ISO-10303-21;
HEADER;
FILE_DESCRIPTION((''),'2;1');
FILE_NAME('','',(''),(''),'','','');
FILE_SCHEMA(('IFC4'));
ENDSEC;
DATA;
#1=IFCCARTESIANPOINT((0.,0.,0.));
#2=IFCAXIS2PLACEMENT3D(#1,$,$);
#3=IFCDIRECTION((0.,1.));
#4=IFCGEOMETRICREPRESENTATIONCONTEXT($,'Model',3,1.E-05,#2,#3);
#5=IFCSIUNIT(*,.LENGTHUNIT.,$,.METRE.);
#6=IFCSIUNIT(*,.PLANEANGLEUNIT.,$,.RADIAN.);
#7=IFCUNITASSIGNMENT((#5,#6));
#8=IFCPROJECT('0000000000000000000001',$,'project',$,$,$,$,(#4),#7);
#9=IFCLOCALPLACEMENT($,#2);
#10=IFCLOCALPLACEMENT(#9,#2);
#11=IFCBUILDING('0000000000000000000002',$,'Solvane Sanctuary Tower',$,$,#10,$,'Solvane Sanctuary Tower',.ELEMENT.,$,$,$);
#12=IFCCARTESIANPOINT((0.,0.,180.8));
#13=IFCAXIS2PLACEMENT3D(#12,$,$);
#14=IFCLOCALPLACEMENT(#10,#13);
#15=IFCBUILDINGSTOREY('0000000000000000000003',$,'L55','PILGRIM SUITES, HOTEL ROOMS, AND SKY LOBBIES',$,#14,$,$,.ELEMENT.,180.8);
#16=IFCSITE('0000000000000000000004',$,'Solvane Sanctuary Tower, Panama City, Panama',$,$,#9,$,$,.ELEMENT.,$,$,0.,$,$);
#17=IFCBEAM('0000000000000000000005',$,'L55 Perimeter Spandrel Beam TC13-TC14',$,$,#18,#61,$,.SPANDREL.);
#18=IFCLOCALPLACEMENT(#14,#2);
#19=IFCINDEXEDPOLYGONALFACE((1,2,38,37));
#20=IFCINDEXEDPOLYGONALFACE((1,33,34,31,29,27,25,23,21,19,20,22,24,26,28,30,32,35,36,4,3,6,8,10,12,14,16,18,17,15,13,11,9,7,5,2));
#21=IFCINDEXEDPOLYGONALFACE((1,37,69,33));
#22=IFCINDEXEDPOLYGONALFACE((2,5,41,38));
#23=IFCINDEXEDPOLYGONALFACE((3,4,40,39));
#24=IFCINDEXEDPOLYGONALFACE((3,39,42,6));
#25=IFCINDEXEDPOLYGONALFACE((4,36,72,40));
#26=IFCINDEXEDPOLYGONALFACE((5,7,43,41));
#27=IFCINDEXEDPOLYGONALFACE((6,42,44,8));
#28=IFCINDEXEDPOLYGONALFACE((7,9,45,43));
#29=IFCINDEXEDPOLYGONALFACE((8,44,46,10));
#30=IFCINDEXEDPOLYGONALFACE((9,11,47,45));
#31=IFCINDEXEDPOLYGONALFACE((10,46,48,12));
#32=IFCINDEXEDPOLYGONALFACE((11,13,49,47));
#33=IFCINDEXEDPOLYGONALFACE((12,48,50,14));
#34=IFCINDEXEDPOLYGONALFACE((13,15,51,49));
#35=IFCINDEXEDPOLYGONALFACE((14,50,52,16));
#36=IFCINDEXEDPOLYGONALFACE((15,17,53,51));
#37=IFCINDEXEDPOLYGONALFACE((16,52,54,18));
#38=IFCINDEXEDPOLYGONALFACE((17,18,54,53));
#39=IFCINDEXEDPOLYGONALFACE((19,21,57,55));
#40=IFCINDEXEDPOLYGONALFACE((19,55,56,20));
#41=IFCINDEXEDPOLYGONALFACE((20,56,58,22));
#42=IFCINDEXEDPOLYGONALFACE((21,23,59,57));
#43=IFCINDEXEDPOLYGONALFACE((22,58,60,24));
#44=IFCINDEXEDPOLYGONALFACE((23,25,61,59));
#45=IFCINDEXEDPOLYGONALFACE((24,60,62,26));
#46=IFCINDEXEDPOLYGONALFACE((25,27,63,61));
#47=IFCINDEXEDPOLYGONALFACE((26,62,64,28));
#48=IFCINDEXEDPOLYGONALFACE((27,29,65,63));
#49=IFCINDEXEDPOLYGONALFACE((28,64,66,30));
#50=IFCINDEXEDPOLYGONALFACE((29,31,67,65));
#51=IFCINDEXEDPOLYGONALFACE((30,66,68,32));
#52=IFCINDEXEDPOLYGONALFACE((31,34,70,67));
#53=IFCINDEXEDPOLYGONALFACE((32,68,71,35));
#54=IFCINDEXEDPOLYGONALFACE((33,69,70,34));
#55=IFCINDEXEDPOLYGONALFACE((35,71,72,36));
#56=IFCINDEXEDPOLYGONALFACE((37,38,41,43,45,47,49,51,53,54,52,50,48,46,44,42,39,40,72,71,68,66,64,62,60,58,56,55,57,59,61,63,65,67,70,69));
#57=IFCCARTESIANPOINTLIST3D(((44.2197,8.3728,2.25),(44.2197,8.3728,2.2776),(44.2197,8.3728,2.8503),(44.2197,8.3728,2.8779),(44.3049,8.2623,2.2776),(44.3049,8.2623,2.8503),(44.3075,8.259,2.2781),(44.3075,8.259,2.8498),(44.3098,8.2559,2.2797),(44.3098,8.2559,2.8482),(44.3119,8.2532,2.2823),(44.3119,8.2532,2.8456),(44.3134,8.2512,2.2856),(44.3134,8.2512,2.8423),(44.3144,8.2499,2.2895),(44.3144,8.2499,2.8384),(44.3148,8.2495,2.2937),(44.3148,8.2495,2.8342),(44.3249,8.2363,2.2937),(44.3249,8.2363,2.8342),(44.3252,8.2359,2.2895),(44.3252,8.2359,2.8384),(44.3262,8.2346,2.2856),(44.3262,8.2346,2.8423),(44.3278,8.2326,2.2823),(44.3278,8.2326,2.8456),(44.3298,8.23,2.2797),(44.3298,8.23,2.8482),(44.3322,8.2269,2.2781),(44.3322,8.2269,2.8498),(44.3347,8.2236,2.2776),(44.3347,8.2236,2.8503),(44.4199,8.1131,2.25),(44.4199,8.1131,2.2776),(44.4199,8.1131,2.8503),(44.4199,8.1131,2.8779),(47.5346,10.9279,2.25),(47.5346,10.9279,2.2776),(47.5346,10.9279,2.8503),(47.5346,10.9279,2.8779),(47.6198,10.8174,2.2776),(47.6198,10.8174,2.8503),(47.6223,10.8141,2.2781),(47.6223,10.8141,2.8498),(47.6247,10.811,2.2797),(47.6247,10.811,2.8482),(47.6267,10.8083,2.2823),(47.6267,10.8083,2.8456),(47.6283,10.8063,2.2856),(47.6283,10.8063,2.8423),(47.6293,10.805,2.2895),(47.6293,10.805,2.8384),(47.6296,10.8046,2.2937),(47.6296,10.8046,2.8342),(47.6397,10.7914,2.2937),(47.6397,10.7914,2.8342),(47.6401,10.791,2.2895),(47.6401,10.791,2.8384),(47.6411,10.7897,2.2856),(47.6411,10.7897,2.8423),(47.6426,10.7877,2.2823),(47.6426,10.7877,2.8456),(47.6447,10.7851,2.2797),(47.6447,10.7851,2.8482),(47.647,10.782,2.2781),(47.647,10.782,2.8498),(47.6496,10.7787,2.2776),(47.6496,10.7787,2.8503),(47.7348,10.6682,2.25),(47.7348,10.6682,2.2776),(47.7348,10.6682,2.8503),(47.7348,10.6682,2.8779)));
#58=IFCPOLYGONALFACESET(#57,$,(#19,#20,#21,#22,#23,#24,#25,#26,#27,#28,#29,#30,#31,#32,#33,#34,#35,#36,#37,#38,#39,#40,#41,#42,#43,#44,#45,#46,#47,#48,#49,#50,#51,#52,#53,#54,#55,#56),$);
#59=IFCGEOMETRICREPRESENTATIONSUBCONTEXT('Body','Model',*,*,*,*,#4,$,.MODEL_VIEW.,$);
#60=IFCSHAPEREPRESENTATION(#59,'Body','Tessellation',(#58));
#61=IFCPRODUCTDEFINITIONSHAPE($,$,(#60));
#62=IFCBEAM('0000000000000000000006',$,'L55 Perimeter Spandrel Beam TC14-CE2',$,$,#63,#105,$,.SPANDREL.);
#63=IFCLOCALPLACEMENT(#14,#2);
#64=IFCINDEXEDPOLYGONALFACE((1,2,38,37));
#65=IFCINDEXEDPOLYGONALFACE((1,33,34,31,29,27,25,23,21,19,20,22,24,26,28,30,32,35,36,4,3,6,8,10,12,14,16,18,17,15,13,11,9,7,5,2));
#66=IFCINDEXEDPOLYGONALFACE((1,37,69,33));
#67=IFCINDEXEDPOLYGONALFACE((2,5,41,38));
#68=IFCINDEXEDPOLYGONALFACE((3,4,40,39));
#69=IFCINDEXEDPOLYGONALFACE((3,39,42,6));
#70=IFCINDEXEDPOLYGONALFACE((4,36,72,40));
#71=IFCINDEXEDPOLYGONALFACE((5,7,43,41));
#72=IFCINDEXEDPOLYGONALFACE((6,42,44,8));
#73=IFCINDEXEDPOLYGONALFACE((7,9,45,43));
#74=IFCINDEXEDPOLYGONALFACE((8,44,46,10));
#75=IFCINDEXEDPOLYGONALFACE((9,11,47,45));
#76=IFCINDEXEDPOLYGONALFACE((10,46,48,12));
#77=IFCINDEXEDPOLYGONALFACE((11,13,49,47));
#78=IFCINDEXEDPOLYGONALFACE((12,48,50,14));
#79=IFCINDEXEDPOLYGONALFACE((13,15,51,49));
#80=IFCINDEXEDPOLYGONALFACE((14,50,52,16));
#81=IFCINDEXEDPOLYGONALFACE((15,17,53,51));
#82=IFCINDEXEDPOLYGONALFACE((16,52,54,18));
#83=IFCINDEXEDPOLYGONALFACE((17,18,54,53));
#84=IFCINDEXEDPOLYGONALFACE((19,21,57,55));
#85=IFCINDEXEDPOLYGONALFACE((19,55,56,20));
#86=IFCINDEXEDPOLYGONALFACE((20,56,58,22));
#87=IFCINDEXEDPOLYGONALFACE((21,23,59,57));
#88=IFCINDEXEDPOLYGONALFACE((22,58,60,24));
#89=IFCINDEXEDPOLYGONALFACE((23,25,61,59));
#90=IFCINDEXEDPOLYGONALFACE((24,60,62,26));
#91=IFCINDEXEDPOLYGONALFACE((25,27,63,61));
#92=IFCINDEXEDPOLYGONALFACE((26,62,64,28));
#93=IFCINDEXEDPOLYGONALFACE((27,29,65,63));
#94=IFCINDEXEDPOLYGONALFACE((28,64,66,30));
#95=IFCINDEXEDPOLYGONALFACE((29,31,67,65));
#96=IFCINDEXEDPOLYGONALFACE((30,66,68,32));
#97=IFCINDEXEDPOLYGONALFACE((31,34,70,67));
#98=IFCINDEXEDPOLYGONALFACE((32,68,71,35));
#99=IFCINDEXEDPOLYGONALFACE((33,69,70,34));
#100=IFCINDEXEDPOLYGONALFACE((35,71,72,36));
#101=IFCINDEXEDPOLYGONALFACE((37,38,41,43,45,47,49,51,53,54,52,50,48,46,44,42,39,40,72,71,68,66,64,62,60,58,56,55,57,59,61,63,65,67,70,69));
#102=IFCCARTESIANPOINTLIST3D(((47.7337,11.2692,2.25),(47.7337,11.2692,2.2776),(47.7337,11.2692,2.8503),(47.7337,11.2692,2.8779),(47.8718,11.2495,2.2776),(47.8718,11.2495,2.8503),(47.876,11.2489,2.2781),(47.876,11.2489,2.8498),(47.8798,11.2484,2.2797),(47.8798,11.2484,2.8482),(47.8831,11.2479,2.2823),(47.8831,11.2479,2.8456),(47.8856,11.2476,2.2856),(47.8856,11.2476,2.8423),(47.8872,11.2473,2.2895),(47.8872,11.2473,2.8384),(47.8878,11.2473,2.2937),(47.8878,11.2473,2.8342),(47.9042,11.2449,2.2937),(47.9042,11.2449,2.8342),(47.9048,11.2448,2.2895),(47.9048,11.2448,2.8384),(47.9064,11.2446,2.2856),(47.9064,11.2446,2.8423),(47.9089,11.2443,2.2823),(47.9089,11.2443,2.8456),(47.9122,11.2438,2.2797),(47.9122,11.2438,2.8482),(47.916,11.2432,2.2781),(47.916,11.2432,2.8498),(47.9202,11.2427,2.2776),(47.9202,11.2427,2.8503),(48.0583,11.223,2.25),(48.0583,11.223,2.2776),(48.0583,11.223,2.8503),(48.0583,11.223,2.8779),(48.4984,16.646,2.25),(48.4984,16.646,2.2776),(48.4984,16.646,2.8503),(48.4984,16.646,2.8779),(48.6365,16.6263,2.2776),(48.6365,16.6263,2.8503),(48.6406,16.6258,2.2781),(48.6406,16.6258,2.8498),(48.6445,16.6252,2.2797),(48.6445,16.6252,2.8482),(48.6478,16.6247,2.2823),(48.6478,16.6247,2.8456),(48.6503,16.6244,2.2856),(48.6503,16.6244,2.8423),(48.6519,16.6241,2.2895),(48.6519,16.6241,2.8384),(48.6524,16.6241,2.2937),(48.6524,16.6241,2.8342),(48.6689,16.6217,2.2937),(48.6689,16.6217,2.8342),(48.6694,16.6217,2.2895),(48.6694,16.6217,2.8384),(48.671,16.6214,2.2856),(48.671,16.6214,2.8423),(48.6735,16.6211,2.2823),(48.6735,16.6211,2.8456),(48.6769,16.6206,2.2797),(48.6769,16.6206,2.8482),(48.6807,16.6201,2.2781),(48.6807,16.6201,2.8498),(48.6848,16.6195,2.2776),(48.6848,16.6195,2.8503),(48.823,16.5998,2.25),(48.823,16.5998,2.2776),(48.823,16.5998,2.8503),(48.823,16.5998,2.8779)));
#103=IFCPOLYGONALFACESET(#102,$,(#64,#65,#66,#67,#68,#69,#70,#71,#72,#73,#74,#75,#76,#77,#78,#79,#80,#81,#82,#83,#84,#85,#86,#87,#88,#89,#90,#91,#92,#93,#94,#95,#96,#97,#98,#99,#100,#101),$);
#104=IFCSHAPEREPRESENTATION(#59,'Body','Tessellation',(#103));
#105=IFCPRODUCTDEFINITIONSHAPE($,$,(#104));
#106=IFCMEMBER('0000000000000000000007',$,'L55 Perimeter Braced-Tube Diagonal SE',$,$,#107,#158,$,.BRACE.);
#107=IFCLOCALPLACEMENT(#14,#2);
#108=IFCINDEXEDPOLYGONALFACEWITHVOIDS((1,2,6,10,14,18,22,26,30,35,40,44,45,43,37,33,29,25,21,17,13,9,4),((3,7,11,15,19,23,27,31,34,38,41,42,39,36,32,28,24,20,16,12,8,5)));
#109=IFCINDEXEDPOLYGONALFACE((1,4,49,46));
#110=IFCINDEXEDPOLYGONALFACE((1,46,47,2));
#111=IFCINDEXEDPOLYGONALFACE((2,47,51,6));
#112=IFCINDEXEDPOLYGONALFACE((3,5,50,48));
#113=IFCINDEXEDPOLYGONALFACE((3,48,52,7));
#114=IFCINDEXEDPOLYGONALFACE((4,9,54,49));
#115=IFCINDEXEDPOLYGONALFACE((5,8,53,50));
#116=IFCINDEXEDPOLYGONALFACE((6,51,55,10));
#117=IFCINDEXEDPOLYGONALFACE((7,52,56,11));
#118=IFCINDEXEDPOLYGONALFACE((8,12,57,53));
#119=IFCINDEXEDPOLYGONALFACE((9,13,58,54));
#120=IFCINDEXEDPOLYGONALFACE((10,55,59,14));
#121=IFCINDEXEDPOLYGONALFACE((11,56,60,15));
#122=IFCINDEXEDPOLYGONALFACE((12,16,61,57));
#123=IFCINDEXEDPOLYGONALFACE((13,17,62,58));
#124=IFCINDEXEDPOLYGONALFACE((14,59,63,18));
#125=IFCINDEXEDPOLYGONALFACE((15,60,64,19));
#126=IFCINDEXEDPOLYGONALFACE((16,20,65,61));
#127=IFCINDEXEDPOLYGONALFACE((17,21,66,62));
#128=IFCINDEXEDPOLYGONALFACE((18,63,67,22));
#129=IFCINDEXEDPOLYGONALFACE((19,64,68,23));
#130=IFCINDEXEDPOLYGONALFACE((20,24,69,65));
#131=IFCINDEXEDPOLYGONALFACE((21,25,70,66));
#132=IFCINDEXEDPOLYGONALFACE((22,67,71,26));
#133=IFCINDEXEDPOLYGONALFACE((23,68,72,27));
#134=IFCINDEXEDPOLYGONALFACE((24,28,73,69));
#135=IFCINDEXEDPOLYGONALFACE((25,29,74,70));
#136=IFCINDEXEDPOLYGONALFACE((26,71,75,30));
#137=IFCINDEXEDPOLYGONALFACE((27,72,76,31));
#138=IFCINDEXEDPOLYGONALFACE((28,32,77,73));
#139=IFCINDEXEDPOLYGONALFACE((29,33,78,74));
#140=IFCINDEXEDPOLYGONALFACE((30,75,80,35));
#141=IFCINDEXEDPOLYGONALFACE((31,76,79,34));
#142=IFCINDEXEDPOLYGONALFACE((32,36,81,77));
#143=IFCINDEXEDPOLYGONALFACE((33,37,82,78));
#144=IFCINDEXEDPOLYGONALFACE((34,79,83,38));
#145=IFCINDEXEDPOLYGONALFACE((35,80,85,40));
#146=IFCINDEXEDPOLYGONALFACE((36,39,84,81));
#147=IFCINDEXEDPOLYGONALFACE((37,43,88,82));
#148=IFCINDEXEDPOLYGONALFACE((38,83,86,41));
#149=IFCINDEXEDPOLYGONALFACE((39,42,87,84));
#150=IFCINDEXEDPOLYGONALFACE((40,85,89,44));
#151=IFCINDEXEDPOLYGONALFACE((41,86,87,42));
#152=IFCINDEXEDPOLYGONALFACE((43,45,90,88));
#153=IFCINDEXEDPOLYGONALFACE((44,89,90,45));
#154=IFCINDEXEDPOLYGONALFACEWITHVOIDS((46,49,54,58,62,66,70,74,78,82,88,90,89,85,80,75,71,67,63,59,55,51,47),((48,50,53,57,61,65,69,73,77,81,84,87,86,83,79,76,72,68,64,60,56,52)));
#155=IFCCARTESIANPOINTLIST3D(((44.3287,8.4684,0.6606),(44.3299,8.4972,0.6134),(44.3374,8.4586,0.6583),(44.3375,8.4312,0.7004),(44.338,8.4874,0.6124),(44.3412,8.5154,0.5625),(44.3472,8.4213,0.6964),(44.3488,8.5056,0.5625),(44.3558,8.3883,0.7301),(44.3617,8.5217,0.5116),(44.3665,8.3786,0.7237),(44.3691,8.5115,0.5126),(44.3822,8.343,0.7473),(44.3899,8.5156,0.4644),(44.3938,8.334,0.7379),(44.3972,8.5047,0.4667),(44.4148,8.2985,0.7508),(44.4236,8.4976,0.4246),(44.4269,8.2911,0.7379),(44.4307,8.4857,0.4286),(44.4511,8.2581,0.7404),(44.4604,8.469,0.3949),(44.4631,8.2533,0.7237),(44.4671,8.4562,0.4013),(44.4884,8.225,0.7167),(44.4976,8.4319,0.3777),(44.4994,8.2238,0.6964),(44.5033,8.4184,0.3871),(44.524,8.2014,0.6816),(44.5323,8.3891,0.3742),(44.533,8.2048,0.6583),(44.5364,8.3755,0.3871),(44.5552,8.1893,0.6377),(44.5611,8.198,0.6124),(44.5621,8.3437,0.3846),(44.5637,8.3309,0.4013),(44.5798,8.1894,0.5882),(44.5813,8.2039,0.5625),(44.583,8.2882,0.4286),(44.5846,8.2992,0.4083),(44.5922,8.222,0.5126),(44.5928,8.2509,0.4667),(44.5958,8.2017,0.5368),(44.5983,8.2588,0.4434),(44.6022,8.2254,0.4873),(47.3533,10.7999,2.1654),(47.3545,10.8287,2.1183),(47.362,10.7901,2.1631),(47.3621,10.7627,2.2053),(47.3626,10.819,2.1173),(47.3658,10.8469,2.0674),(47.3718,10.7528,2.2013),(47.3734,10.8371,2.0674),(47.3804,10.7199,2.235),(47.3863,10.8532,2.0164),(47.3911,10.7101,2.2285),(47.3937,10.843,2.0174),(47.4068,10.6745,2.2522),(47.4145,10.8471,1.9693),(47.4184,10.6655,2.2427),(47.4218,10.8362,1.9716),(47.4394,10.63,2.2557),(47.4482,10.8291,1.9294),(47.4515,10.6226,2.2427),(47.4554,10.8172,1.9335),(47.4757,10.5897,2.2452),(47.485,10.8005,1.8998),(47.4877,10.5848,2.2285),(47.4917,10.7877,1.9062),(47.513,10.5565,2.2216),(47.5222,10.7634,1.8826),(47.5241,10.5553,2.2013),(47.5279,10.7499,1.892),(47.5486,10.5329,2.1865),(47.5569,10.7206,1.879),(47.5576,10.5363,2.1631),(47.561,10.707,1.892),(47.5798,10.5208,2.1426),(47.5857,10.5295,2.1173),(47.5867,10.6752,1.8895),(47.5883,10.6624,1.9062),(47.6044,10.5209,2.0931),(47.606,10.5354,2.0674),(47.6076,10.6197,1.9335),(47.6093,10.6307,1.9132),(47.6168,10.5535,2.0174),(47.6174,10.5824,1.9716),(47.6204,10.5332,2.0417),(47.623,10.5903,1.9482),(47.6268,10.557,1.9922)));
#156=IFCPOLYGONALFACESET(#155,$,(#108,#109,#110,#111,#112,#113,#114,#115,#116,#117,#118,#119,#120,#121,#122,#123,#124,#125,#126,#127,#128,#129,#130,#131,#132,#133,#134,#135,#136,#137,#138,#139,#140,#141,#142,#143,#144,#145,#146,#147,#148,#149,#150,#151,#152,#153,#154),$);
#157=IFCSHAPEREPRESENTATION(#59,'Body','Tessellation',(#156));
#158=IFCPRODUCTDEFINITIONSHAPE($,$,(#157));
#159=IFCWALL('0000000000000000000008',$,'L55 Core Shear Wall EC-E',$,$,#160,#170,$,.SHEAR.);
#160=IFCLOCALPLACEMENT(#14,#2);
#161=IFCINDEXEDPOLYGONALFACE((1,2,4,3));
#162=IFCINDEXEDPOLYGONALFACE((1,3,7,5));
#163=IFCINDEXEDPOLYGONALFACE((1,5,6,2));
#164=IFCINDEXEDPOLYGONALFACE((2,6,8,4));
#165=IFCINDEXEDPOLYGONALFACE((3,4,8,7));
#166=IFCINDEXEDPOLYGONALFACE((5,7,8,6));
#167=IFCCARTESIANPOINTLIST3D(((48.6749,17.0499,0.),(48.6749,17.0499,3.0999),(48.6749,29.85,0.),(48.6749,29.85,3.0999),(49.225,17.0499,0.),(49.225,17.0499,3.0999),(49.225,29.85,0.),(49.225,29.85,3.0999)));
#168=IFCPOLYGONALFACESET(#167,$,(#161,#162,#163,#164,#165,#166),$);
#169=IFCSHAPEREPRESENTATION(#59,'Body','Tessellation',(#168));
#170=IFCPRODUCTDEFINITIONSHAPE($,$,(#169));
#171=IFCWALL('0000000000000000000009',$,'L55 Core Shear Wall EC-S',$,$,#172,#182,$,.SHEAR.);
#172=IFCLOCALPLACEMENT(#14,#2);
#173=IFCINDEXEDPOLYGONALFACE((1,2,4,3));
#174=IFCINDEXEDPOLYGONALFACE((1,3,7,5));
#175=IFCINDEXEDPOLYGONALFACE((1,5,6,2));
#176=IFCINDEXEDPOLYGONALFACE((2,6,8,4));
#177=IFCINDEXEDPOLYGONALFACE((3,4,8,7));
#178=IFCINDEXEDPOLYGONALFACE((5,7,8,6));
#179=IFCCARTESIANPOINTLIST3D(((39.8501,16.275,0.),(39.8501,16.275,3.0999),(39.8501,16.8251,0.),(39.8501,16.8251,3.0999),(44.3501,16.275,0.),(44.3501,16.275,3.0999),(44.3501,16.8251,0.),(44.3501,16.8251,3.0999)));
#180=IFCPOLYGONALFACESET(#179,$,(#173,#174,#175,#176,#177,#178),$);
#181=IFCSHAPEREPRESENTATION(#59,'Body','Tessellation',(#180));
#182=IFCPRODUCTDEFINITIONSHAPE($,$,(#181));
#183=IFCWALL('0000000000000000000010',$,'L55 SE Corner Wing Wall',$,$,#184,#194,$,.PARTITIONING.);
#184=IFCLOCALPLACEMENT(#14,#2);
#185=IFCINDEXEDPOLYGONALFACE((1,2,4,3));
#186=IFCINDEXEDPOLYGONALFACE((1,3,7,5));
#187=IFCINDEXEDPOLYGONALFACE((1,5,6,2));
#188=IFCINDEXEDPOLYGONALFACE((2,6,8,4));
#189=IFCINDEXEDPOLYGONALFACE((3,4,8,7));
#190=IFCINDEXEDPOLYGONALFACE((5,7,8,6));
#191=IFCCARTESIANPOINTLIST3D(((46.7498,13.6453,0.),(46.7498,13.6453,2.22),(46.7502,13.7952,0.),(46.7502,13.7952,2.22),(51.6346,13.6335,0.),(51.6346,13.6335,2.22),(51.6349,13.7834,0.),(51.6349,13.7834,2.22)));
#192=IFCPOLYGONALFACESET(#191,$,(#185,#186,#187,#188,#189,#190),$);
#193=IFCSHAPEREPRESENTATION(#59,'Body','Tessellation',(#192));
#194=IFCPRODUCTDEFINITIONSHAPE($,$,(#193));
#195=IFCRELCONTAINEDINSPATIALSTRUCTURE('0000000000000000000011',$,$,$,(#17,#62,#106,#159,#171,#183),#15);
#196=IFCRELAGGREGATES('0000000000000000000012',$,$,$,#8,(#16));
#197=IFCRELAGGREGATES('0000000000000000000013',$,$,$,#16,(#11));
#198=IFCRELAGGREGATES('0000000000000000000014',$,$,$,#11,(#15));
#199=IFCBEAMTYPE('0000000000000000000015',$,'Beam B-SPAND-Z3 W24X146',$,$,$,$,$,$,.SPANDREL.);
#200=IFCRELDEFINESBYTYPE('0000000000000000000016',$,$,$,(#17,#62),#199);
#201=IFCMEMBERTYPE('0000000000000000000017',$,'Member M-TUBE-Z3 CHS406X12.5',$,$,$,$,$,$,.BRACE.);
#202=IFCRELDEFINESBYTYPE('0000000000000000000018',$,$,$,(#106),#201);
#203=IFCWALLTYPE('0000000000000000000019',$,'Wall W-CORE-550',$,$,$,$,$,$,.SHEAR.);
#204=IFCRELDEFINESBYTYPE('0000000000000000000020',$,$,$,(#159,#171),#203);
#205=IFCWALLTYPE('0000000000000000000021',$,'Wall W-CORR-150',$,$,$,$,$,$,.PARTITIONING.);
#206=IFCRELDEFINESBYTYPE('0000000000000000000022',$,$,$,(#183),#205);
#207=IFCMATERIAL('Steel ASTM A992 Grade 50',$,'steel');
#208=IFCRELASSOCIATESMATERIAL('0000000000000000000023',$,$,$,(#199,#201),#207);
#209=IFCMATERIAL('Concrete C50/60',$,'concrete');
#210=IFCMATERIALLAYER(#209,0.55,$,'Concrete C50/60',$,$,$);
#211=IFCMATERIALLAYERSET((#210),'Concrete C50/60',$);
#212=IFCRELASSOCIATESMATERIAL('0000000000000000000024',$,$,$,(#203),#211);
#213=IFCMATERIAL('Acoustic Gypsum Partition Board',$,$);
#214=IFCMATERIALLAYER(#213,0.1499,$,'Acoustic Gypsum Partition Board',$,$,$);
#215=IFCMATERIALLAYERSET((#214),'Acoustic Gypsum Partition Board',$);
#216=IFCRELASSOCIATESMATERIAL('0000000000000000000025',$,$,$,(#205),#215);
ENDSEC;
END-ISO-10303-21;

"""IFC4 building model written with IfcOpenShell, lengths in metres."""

from ifc_helpers import new_model, si_unit, direction, frame, frame_2d, origin, origin_2d, place, context, subcontext, project, spatial, rectangle, hollow_circle, i_section, extrude, material, layer, layer_set, material_profile, profile_set, type_object, element, save


model = new_model("IFC4")

# Units and contexts
model_context = context("Model", 3, precision=1e-05, world=origin(), true_north=direction((0.0, 1.0)))
body_context = subcontext(model_context, "Body", "Model", "MODEL_VIEW")
ifc_project = project(units=[si_unit("LENGTHUNIT", "METRE"), si_unit("PLANEANGLEUNIT", "RADIAN")], contexts=[model_context])

# Site, building, storey
site_placement = place(None, origin())
site = spatial("IfcSite", under=ifc_project, at=site_placement, Name="Solvane Sanctuary Tower, Panama City, Panama", CompositionType="ELEMENT", RefElevation=0.0)
building_placement = place(site_placement, origin())
building = spatial("IfcBuilding", under=site, at=building_placement, Name="Solvane Sanctuary Tower", LongName="Solvane Sanctuary Tower", CompositionType="ELEMENT")
storey_placement = place(building_placement, frame((0.0, 0.0, 180.8)))
storey = spatial("IfcBuildingStorey", under=building, at=storey_placement, Name="L55", Description="PILGRIM SUITES, HOTEL ROOMS, AND SKY LOBBIES", CompositionType="ELEMENT", Elevation=180.8)

# Beams
ifc_material_1 = material(Name="Steel ASTM A992 Grade 50", Category="steel")
ifc_material_profile_1 = material_profile(ifc_material_1, i_section(OverallWidth=0.3279, OverallDepth=0.6279, WebThickness=0.0166, FlangeThickness=0.0276, FilletRadius=0.0161, at=origin_2d()), Name="W24X146")
ifc_profile_set_1 = profile_set([ifc_material_profile_1], Name="Steel ASTM A992 Grade 50")
beam_type_1 = type_object("IfcBeamType", Name="Beam B-SPAND-Z3 W24X146", PredefinedType="SPANDREL", material=ifc_profile_set_1)
beam_1_placement = place(storey_placement, frame((44.3198, 8.2429, 2.564), z_axis=(0.792021, 0.610494, 0.0), x_axis=(-0.610494, 0.792021, 0.0)))
element("IfcBeam", 1, at=beam_1_placement, inside=storey, type_object=beam_type_1, Name="L55 Perimeter Spandrel Beam TC13-TC14", PredefinedType="SPANDREL", context=body_context, shape_type="SweptSolid", body=[
    extrude(i_section(OverallWidth=0.3279, OverallDepth=0.6279, WebThickness=0.0166, FlangeThickness=0.0276, FilletRadius=0.0161, at=origin_2d()), origin(), (0.0, 0.0, 1.0), 4.1853),
])
beam_2_placement = place(storey_placement, frame((47.896, 11.2461, 2.564), z_axis=(0.140798, 0.990038, 0.0), x_axis=(-0.990038, 0.140798, 0.0)))
element("IfcBeam", 2, at=beam_2_placement, inside=storey, type_object=beam_type_1, Name="L55 Perimeter Spandrel Beam TC14-CE2", PredefinedType="SPANDREL", context=body_context, shape_type="SweptSolid", body=[
    extrude(i_section(OverallWidth=0.3279, OverallDepth=0.6279, WebThickness=0.0166, FlangeThickness=0.0276, FilletRadius=0.0161, at=origin_2d()), origin(), (0.0, 0.0, 1.0), 5.4309),
])

# Member
ifc_material_profile_2 = material_profile(ifc_material_1, hollow_circle(Radius=0.2029, WallThickness=0.0125, at=origin_2d()), Name="CHS406X12.5")
ifc_profile_set_2 = profile_set([ifc_material_profile_2], Name="Steel ASTM A992 Grade 50")
member_type = type_object("IfcMemberType", Name="Member M-TUBE-Z3 CHS406X12.5", PredefinedType="BRACE", material=ifc_profile_set_2)
member_placement = place(storey_placement, frame((44.4651, 8.3547, 0.5625), z_axis=(0.73686, 0.568005, 0.366616), x_axis=(-0.610514, 0.792006, 0.0)))
element("IfcMember", 3, at=member_placement, inside=storey, type_object=member_type, Name="L55 Perimeter Braced-Tube Diagonal SE", PredefinedType="BRACE", context=body_context, shape_type="SweptSolid", body=[
    extrude(hollow_circle(Radius=0.2029, WallThickness=0.0125, at=origin_2d()), origin(), (0.0, 0.0, 1.0), 4.1047),
])

# Walls
ifc_material_2 = material(Name="Concrete C50/60", Category="concrete")
ifc_layer_1 = layer(ifc_material_2, 0.55, Name="Concrete C50/60")
ifc_layer_set_1 = layer_set([ifc_layer_1], Name="Concrete C50/60")
wall_type_1 = type_object("IfcWallType", Name="Wall W-CORE-550", PredefinedType="SHEAR", material=ifc_layer_set_1)
wall_1_placement = place(storey_placement, frame((48.95, 17.05, 0.0), z_axis=(0.0, 0.0, 1.0), x_axis=(0.0, 1.0, 0.0)))
element("IfcWall", 4, at=wall_1_placement, inside=storey, type_object=wall_type_1, Name="L55 Core Shear Wall EC-E", PredefinedType="SHEAR", context=body_context, shape_type="SweptSolid", body=[
    extrude(rectangle(XDim=12.8, YDim=0.55, at=frame_2d((6.3999, 0.0))), origin(), (0.0, 0.0, 1.0), 3.0999),
])
wall_2_placement = place(storey_placement, frame((39.8501, 16.55, 0.0), z_axis=(0.0, 0.0, 1.0), x_axis=(1.0, 0.0, 0.0)))
element("IfcWall", 5, at=wall_2_placement, inside=storey, type_object=wall_type_1, Name="L55 Core Shear Wall EC-S", PredefinedType="SHEAR", context=body_context, shape_type="SweptSolid", body=[
    extrude(rectangle(XDim=4.5, YDim=0.55, at=frame_2d((2.25, 0.0))), origin(), (0.0, 0.0, 1.0), 3.0999),
])
ifc_material_3 = material(Name="Acoustic Gypsum Partition Board")
ifc_layer_2 = layer(ifc_material_3, 0.1499, Name="Acoustic Gypsum Partition Board")
ifc_layer_set_2 = layer_set([ifc_layer_2], Name="Acoustic Gypsum Partition Board")
wall_type_2 = type_object("IfcWallType", Name="Wall W-CORR-150", PredefinedType="PARTITIONING", material=ifc_layer_set_2)
wall_3_placement = place(storey_placement, frame((46.75, 13.7202, 0.0), z_axis=(0.0, 0.0, 1.0), x_axis=(0.999997, -0.002399, 0.0)))
element("IfcWall", 6, at=wall_3_placement, inside=storey, type_object=wall_type_2, Name="L55 SE Corner Wing Wall", PredefinedType="PARTITIONING", context=body_context, shape_type="SweptSolid", body=[
    extrude(rectangle(XDim=4.8848, YDim=0.1499, at=frame_2d((2.4424, 0.0))), origin(), (0.0, 0.0, 1.0), 2.22),
])

save(model, "model.ifc")
